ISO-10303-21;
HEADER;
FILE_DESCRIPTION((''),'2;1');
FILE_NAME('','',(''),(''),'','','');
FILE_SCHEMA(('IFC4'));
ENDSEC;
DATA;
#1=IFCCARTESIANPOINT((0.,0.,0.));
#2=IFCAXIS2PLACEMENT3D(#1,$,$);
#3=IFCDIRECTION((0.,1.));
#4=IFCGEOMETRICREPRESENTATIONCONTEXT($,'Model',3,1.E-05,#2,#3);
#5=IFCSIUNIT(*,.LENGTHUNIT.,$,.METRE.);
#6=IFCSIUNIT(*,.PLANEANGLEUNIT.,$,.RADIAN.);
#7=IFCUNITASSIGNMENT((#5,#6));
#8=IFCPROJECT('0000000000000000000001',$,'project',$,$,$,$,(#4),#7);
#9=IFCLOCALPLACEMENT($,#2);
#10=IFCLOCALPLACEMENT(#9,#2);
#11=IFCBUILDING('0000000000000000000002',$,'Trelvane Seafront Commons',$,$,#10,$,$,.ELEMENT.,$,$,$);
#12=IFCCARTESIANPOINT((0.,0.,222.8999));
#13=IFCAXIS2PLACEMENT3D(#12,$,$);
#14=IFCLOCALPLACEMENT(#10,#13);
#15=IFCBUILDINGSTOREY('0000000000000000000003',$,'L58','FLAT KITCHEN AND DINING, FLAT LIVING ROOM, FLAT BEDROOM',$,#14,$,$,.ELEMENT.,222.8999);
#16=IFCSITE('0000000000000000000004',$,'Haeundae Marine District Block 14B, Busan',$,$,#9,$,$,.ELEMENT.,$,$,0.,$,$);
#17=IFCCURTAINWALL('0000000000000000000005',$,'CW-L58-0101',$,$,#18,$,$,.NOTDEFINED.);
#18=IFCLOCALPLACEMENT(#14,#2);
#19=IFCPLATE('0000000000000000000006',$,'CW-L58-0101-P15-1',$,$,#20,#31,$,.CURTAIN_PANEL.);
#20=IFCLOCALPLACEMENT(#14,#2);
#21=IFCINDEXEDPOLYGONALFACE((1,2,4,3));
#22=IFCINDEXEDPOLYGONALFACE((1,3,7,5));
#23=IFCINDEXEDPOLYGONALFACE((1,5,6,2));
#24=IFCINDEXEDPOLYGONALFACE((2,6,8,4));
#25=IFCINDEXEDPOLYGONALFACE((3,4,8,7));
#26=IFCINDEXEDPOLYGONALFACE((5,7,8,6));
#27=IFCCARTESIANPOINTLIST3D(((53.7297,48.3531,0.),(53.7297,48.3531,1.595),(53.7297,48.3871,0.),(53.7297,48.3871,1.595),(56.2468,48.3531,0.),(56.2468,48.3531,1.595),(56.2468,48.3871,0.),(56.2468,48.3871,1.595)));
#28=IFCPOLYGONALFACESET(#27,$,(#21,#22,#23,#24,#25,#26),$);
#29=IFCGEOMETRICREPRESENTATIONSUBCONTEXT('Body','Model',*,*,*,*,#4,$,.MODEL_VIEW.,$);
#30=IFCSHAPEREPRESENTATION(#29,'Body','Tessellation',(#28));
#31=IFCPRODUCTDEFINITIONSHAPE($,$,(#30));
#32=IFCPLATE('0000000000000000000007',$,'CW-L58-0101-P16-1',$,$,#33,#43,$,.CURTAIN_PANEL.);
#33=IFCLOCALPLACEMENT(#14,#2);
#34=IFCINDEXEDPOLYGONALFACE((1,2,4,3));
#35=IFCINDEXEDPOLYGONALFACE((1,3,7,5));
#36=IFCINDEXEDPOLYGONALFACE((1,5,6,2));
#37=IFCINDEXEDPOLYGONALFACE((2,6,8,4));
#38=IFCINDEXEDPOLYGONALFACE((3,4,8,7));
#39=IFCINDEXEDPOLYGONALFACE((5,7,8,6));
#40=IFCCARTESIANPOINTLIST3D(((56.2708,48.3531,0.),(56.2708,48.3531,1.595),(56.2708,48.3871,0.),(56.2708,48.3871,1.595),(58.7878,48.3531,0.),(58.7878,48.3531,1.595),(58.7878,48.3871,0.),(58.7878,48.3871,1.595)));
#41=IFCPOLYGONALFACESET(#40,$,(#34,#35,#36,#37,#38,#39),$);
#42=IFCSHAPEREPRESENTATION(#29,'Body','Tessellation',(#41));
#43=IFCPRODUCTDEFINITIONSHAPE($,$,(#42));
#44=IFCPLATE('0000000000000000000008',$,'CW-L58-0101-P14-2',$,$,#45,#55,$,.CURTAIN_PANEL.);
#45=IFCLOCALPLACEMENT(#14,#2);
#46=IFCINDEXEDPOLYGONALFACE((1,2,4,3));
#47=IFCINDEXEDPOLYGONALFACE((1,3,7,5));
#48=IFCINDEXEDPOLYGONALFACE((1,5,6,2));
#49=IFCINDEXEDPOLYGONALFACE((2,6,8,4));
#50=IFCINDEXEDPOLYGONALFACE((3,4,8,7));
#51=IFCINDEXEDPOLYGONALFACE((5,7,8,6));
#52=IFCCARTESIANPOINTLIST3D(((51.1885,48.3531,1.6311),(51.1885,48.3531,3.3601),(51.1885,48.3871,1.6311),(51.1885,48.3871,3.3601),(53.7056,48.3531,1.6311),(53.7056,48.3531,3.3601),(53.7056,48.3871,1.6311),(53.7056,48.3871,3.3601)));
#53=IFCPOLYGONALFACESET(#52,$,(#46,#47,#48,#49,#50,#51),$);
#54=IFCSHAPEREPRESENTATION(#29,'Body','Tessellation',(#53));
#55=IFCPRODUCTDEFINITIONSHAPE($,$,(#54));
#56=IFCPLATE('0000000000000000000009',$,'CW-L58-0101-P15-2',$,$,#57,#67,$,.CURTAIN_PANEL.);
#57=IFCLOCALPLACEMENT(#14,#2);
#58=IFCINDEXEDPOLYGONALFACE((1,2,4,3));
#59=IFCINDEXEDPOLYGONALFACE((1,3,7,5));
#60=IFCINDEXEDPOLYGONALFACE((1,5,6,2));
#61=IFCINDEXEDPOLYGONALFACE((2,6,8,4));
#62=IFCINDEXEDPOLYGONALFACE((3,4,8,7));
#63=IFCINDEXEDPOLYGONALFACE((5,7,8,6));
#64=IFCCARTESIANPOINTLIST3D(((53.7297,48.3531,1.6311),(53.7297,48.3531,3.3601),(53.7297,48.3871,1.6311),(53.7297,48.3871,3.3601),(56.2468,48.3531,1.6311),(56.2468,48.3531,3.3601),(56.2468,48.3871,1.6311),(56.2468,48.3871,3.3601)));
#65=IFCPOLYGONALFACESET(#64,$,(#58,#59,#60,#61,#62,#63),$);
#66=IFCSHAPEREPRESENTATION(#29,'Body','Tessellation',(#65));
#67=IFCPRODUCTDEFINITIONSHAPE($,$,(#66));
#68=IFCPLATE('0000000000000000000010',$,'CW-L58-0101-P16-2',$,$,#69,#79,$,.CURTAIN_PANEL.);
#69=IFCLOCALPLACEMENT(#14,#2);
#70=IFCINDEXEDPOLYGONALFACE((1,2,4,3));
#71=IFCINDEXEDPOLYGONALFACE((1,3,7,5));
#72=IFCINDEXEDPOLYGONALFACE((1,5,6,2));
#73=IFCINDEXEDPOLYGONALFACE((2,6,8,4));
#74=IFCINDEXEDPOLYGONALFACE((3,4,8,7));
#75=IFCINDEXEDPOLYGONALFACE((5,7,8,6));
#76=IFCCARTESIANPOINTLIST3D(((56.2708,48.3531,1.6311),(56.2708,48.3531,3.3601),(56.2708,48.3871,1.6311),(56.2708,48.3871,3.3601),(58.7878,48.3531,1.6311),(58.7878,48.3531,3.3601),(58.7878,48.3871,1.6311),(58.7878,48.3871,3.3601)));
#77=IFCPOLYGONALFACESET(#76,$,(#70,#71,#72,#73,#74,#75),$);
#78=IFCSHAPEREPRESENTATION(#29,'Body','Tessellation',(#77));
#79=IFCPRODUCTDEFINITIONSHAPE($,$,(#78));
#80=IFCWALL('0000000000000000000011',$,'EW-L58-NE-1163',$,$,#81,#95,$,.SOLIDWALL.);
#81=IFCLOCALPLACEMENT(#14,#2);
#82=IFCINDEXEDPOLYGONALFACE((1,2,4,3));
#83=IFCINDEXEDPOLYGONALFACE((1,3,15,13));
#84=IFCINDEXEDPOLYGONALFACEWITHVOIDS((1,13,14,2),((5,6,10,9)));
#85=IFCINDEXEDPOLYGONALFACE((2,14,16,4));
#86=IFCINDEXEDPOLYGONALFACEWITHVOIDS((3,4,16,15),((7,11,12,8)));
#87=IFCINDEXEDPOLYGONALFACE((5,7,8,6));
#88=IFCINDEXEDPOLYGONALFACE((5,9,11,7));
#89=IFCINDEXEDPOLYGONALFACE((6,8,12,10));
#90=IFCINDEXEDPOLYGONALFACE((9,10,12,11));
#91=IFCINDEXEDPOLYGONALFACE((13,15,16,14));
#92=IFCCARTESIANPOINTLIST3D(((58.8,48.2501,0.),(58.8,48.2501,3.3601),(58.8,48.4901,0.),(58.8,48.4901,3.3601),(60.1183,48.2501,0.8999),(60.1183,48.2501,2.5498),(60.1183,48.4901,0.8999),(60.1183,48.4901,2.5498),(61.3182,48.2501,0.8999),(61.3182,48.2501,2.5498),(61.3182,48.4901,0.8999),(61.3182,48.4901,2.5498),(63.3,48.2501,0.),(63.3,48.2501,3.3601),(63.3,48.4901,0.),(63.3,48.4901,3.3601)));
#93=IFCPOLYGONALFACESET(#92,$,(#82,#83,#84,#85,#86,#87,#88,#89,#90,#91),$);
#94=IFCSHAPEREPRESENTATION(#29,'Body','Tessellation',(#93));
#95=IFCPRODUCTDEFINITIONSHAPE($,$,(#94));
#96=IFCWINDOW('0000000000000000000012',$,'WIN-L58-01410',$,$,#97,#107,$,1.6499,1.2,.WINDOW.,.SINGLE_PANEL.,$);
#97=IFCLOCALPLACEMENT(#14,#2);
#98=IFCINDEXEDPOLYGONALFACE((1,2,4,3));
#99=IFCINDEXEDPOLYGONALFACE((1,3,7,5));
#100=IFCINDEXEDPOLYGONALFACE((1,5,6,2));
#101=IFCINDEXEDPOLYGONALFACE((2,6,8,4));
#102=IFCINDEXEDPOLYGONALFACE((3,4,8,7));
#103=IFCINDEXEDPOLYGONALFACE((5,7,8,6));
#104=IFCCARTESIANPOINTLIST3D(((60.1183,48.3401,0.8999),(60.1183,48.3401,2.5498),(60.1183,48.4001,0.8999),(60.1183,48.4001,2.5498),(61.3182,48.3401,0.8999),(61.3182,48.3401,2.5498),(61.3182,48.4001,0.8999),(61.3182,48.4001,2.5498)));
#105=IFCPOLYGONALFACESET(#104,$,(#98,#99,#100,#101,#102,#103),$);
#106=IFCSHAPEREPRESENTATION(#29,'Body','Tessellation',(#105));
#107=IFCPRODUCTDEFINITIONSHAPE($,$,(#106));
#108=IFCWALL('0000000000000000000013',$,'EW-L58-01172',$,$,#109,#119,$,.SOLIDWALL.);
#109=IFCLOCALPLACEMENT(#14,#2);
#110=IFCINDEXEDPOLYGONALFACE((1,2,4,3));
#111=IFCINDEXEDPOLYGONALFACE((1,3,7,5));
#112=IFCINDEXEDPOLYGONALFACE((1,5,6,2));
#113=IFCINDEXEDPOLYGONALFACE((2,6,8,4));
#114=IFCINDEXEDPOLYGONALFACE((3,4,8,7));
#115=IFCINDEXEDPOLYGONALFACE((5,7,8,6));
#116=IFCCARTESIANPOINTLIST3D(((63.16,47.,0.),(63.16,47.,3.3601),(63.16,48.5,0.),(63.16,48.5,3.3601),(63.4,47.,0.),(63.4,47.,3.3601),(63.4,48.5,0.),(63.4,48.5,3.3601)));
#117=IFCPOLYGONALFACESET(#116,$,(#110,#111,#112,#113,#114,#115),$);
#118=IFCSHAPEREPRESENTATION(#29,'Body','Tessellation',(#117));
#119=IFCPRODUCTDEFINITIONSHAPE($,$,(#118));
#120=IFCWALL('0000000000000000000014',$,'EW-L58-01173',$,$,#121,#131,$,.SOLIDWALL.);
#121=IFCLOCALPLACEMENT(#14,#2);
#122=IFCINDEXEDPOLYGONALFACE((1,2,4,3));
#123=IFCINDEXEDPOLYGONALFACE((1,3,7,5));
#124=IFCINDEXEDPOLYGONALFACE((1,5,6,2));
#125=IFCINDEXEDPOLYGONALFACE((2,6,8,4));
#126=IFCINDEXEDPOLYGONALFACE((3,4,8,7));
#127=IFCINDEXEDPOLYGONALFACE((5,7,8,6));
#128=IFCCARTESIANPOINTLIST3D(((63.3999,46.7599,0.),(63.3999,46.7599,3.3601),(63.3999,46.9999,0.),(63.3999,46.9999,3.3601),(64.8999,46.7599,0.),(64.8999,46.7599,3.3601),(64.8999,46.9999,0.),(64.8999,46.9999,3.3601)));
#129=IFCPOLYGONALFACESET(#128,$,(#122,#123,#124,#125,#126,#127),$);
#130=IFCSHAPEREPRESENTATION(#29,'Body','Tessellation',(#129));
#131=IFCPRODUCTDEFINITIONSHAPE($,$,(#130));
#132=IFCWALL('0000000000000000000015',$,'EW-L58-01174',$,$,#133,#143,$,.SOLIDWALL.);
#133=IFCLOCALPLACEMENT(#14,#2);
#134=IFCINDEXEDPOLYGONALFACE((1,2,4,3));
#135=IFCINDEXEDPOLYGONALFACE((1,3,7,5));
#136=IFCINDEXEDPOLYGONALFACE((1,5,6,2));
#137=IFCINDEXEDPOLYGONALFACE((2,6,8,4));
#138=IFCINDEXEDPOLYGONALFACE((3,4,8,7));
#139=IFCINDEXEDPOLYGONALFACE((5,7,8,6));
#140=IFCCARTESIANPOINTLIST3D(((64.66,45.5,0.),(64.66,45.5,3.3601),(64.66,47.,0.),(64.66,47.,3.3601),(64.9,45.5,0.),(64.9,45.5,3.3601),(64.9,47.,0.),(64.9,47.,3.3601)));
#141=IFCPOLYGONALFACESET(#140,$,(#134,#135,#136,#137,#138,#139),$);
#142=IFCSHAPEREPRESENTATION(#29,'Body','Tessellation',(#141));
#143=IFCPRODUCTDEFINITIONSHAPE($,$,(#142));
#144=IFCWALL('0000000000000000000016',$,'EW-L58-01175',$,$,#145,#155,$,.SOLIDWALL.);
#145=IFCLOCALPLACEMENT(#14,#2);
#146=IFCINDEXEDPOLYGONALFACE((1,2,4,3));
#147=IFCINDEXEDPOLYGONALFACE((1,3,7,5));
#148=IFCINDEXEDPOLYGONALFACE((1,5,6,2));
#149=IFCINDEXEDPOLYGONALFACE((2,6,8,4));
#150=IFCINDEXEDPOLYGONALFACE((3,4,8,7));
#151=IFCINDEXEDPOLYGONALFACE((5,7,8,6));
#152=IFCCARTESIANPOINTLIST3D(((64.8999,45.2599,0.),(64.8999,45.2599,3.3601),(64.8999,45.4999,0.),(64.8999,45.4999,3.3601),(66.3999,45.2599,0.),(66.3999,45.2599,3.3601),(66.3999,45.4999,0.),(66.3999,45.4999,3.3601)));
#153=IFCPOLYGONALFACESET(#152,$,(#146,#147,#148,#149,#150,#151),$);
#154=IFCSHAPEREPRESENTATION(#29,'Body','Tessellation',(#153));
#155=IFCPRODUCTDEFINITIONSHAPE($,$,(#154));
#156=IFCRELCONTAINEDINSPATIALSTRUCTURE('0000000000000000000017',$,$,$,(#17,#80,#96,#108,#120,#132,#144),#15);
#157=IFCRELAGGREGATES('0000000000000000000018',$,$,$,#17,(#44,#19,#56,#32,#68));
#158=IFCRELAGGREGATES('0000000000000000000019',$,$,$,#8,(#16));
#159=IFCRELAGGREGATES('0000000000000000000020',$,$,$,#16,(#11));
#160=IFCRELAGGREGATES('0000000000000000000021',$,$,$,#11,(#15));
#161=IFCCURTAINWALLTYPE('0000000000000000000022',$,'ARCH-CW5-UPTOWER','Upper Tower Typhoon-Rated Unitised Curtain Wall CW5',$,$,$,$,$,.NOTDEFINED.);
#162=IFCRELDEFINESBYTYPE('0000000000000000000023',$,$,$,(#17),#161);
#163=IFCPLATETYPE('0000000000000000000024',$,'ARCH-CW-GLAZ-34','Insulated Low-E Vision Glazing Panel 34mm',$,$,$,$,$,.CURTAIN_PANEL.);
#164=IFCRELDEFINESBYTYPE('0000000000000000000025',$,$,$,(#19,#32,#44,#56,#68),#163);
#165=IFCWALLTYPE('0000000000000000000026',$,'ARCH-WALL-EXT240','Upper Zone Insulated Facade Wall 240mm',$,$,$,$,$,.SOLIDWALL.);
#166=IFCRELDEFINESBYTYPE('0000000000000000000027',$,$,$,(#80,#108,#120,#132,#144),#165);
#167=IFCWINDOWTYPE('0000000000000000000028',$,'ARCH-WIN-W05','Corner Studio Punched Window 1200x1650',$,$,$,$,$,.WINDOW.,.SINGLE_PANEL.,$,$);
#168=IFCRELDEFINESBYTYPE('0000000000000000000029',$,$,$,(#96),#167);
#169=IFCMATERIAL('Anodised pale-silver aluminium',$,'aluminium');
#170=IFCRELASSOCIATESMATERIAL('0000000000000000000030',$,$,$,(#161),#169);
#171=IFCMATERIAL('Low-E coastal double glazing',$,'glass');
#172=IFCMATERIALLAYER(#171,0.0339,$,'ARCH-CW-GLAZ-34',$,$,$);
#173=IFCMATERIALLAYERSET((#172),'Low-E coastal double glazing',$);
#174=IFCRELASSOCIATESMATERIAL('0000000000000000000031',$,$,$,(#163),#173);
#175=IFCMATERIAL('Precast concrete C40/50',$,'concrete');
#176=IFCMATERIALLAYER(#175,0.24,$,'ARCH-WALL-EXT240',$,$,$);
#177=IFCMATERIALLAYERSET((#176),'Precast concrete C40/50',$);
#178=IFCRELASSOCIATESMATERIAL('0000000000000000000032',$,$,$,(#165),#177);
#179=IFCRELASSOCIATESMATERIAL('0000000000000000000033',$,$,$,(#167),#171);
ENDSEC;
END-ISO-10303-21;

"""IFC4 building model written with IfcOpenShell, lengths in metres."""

from ifc_helpers import new_model, si_unit, direction, frame, frame_2d, origin, origin_2d, place, context, subcontext, project, spatial, rectangle, extrude, source, transform, mapped, material, layer, layer_set, type_object, element, fill, aggregate, save


model = new_model("IFC4")

# Units and contexts
model_context = context("Model", 3, precision=1e-05, world=origin(), true_north=direction((0.0, 1.0)))
body_context = subcontext(model_context, "Body", "Model", "MODEL_VIEW")
ifc_project = project(units=[si_unit("LENGTHUNIT", "METRE"), si_unit("PLANEANGLEUNIT", "RADIAN")], contexts=[model_context])

# Site, building, storey
site_placement = place(None, origin())
site = spatial("IfcSite", under=ifc_project, at=site_placement, Name="Haeundae Marine District Block 14B, Busan", CompositionType="ELEMENT", RefElevation=0.0)
building_placement = place(site_placement, origin())
building = spatial("IfcBuilding", under=site, at=building_placement, Name="Trelvane Seafront Commons", CompositionType="ELEMENT")
storey_placement = place(building_placement, frame((0.0, 0.0, 222.8999)))
storey = spatial("IfcBuildingStorey", under=building, at=storey_placement, Name="L58", Description="FLAT KITCHEN AND DINING, FLAT LIVING ROOM, FLAT BEDROOM", CompositionType="ELEMENT", Elevation=222.8999)

# Curtain wall
ifc_material_1 = material(Name="Anodised pale-silver aluminium", Category="aluminium")
curtain_wall_type = type_object("IfcCurtainWallType", Name="ARCH-CW5-UPTOWER", Description="Upper Tower Typhoon-Rated Unitised Curtain Wall CW5", PredefinedType="NOTDEFINED", material=ifc_material_1)
curtain_wall_placement = place(storey_placement, origin())
curtain_wall = element("IfcCurtainWall", 1, at=curtain_wall_placement, inside=storey, type_object=curtain_wall_type, Name="CW-L58-0101", PredefinedType="NOTDEFINED")

# Plates
ifc_material_2 = material(Name="Low-E coastal double glazing", Category="glass")
ifc_layer_1 = layer(ifc_material_2, 0.0339, Name="ARCH-CW-GLAZ-34")
ifc_layer_set_1 = layer_set([ifc_layer_1], Name="Low-E coastal double glazing")
plate_type_1 = type_object("IfcPlateType", Name="ARCH-CW-GLAZ-34", Description="Insulated Low-E Vision Glazing Panel 34mm", PredefinedType="CURTAIN_PANEL", material=ifc_layer_set_1)
shared_shape_1 = source(origin(), body_context, "Body", "SweptSolid", [
    extrude(rectangle(XDim=2.5171, YDim=0.0339, at=origin_2d()), origin(), (0.0, 0.0, 1.0), 1.595),
])
plate_1_placement = place(storey_placement, frame((54.9883, 48.3701, 0.0), z_axis=(0.0, 0.0, 1.0), x_axis=(1.0, 0.0, 0.0)))
plate_1 = element("IfcPlate", 2, at=plate_1_placement, type_object=plate_type_1, Name="CW-L58-0101-P15-1", PredefinedType="CURTAIN_PANEL", context=body_context, shape_type="MappedRepresentation", body=[
    mapped(shared_shape_1, transform((0.0, 0.0, 0.0), x_axis=(1.0, 0.0, 0.0), y_axis=(0.0, 1.0, 0.0), z_axis=(0.0, 0.0, 1.0), scale=1.0)),
])
plate_2_placement = place(storey_placement, frame((57.5293, 48.3701, 0.0), z_axis=(0.0, 0.0, 1.0), x_axis=(1.0, 0.0, 0.0)))
plate_2 = element("IfcPlate", 3, at=plate_2_placement, type_object=plate_type_1, Name="CW-L58-0101-P16-1", PredefinedType="CURTAIN_PANEL", context=body_context, shape_type="MappedRepresentation", body=[
    mapped(shared_shape_1, transform((0.0, 0.0, 0.0), x_axis=(1.0, 0.0, 0.0), y_axis=(0.0, 1.0, 0.0), z_axis=(0.0, 0.0, 1.0), scale=1.0)),
])
shared_shape_2 = source(origin(), body_context, "Body", "SweptSolid", [
    extrude(rectangle(XDim=2.5171, YDim=0.0339, at=origin_2d()), origin(), (0.0, 0.0, 1.0), 1.729),
])
plate_3_placement = place(storey_placement, frame((52.447, 48.3701, 1.6311), z_axis=(0.0, 0.0, 1.0), x_axis=(1.0, 0.0, 0.0)))
plate_3 = element("IfcPlate", 4, at=plate_3_placement, type_object=plate_type_1, Name="CW-L58-0101-P14-2", PredefinedType="CURTAIN_PANEL", context=body_context, shape_type="MappedRepresentation", body=[
    mapped(shared_shape_2, transform((0.0, 0.0, 0.0), x_axis=(1.0, 0.0, 0.0), y_axis=(0.0, 1.0, 0.0), z_axis=(0.0, 0.0, 1.0), scale=1.0)),
])
plate_4_placement = place(storey_placement, frame((54.9883, 48.3701, 1.6311), z_axis=(0.0, 0.0, 1.0), x_axis=(1.0, 0.0, 0.0)))
plate_4 = element("IfcPlate", 5, at=plate_4_placement, type_object=plate_type_1, Name="CW-L58-0101-P15-2", PredefinedType="CURTAIN_PANEL", context=body_context, shape_type="MappedRepresentation", body=[
    mapped(shared_shape_2, transform((0.0, 0.0, 0.0), x_axis=(1.0, 0.0, 0.0), y_axis=(0.0, 1.0, 0.0), z_axis=(0.0, 0.0, 1.0), scale=1.0)),
])
plate_5_placement = place(storey_placement, frame((57.5293, 48.3701, 1.6311), z_axis=(0.0, 0.0, 1.0), x_axis=(1.0, 0.0, 0.0)))
plate_5 = element("IfcPlate", 6, at=plate_5_placement, type_object=plate_type_1, Name="CW-L58-0101-P16-2", PredefinedType="CURTAIN_PANEL", context=body_context, shape_type="MappedRepresentation", body=[
    mapped(shared_shape_2, transform((0.0, 0.0, 0.0), x_axis=(1.0, 0.0, 0.0), y_axis=(0.0, 1.0, 0.0), z_axis=(0.0, 0.0, 1.0), scale=1.0)),
])
aggregate(curtain_wall, [plate_3, plate_1, plate_4, plate_2, plate_5])

# Wall, opening, window
ifc_material_3 = material(Name="Precast concrete C40/50", Category="concrete")
ifc_layer_2 = layer(ifc_material_3, 0.24, Name="ARCH-WALL-EXT240")
ifc_layer_set_2 = layer_set([ifc_layer_2], Name="Precast concrete C40/50")
wall_type = type_object("IfcWallType", Name="ARCH-WALL-EXT240", Description="Upper Zone Insulated Facade Wall 240mm", PredefinedType="SOLIDWALL", material=ifc_layer_set_2)
wall_1_placement = place(storey_placement, frame((58.8, 48.3701, 0.0), z_axis=(0.0, 0.0, 1.0), x_axis=(1.0, 0.0, 0.0)))
wall_1 = element("IfcWall", 7, at=wall_1_placement, inside=storey, type_object=wall_type, Name="EW-L58-NE-1163", PredefinedType="SOLIDWALL", context=body_context, shape_type="SweptSolid", body=[
    extrude(rectangle(XDim=4.5, YDim=0.24, at=frame_2d((2.25, 0.0))), origin(), (0.0, 0.0, 1.0), 3.3601),
])
opening_1_placement = place(wall_1_placement, frame((1.3181, 0.0, 0.8999)))
opening_1 = element("IfcOpeningElement", 8, at=opening_1_placement, cuts=wall_1, PredefinedType="OPENING", context=body_context, shape_type="SweptSolid", body=[
    extrude(rectangle(XDim=1.2, YDim=1.6499, at=frame_2d((0.6001, 0.825))), frame((0.0, 0.1299, 0.0), z_axis=(0.0, -1.0, 0.0), x_axis=(1.0, 0.0, 0.0)), (0.0, 0.0, 1.0), 0.26),
])
window_type_1 = type_object("IfcWindowType", Name="ARCH-WIN-W05", Description="Corner Studio Punched Window 1200x1650", PartitioningType="SINGLE_PANEL", PredefinedType="WINDOW", material=ifc_material_2)
shared_shape_3 = source(origin(), body_context, "Body", "SweptSolid", [
    extrude(rectangle(XDim=1.2, YDim=1.6499, at=frame_2d((0.6001, 0.825))), frame((0.0, 0.03, 0.0), z_axis=(0.0, -1.0, 0.0), x_axis=(1.0, 0.0, 0.0)), (0.0, 0.0, 1.0), 0.0601),
])
window_1_placement = place(opening_1_placement, origin())
window_1 = element("IfcWindow", 9, at=window_1_placement, inside=storey, type_object=window_type_1, Name="WIN-L58-01410", OverallHeight=1.6499, OverallWidth=1.2, PartitioningType="SINGLE_PANEL", PredefinedType="WINDOW", context=body_context, shape_type="MappedRepresentation", body=[
    mapped(shared_shape_3, transform((0.0, 0.0, 0.0), x_axis=(1.0, 0.0, 0.0), y_axis=(0.0, 1.0, 0.0), z_axis=(0.0, 0.0, 1.0), scale=1.0)),
])
fill(opening_1, window_1)

# Walls
for number, where, z_axis, x_axis, name in (
    (10, (63.28, 48.5, 0.0), (0.0, 0.0, 1.0), (0.0, -1.0, 0.0), "EW-L58-01172"),
    (11, (63.3999, 46.8799, 0.0), (0.0, 0.0, 1.0), (1.0, 0.0, 0.0), "EW-L58-01173"),
    (12, (64.78, 47.0, 0.0), (0.0, 0.0, 1.0), (0.0, -1.0, 0.0), "EW-L58-01174"),
    (13, (64.8999, 45.3799, 0.0), (0.0, 0.0, 1.0), (1.0, 0.0, 0.0), "EW-L58-01175"),
):
    element("IfcWall", number, at=place(storey_placement, frame(where, z_axis=z_axis, x_axis=x_axis)), inside=storey, type_object=wall_type, Name=name, PredefinedType="SOLIDWALL", context=body_context, shape_type="SweptSolid", body=[
        extrude(rectangle(XDim=1.5, YDim=0.24, at=frame_2d((0.75, 0.0))), origin(), (0.0, 0.0, 1.0), 3.3601),
    ])

save(model, "model.ifc")
